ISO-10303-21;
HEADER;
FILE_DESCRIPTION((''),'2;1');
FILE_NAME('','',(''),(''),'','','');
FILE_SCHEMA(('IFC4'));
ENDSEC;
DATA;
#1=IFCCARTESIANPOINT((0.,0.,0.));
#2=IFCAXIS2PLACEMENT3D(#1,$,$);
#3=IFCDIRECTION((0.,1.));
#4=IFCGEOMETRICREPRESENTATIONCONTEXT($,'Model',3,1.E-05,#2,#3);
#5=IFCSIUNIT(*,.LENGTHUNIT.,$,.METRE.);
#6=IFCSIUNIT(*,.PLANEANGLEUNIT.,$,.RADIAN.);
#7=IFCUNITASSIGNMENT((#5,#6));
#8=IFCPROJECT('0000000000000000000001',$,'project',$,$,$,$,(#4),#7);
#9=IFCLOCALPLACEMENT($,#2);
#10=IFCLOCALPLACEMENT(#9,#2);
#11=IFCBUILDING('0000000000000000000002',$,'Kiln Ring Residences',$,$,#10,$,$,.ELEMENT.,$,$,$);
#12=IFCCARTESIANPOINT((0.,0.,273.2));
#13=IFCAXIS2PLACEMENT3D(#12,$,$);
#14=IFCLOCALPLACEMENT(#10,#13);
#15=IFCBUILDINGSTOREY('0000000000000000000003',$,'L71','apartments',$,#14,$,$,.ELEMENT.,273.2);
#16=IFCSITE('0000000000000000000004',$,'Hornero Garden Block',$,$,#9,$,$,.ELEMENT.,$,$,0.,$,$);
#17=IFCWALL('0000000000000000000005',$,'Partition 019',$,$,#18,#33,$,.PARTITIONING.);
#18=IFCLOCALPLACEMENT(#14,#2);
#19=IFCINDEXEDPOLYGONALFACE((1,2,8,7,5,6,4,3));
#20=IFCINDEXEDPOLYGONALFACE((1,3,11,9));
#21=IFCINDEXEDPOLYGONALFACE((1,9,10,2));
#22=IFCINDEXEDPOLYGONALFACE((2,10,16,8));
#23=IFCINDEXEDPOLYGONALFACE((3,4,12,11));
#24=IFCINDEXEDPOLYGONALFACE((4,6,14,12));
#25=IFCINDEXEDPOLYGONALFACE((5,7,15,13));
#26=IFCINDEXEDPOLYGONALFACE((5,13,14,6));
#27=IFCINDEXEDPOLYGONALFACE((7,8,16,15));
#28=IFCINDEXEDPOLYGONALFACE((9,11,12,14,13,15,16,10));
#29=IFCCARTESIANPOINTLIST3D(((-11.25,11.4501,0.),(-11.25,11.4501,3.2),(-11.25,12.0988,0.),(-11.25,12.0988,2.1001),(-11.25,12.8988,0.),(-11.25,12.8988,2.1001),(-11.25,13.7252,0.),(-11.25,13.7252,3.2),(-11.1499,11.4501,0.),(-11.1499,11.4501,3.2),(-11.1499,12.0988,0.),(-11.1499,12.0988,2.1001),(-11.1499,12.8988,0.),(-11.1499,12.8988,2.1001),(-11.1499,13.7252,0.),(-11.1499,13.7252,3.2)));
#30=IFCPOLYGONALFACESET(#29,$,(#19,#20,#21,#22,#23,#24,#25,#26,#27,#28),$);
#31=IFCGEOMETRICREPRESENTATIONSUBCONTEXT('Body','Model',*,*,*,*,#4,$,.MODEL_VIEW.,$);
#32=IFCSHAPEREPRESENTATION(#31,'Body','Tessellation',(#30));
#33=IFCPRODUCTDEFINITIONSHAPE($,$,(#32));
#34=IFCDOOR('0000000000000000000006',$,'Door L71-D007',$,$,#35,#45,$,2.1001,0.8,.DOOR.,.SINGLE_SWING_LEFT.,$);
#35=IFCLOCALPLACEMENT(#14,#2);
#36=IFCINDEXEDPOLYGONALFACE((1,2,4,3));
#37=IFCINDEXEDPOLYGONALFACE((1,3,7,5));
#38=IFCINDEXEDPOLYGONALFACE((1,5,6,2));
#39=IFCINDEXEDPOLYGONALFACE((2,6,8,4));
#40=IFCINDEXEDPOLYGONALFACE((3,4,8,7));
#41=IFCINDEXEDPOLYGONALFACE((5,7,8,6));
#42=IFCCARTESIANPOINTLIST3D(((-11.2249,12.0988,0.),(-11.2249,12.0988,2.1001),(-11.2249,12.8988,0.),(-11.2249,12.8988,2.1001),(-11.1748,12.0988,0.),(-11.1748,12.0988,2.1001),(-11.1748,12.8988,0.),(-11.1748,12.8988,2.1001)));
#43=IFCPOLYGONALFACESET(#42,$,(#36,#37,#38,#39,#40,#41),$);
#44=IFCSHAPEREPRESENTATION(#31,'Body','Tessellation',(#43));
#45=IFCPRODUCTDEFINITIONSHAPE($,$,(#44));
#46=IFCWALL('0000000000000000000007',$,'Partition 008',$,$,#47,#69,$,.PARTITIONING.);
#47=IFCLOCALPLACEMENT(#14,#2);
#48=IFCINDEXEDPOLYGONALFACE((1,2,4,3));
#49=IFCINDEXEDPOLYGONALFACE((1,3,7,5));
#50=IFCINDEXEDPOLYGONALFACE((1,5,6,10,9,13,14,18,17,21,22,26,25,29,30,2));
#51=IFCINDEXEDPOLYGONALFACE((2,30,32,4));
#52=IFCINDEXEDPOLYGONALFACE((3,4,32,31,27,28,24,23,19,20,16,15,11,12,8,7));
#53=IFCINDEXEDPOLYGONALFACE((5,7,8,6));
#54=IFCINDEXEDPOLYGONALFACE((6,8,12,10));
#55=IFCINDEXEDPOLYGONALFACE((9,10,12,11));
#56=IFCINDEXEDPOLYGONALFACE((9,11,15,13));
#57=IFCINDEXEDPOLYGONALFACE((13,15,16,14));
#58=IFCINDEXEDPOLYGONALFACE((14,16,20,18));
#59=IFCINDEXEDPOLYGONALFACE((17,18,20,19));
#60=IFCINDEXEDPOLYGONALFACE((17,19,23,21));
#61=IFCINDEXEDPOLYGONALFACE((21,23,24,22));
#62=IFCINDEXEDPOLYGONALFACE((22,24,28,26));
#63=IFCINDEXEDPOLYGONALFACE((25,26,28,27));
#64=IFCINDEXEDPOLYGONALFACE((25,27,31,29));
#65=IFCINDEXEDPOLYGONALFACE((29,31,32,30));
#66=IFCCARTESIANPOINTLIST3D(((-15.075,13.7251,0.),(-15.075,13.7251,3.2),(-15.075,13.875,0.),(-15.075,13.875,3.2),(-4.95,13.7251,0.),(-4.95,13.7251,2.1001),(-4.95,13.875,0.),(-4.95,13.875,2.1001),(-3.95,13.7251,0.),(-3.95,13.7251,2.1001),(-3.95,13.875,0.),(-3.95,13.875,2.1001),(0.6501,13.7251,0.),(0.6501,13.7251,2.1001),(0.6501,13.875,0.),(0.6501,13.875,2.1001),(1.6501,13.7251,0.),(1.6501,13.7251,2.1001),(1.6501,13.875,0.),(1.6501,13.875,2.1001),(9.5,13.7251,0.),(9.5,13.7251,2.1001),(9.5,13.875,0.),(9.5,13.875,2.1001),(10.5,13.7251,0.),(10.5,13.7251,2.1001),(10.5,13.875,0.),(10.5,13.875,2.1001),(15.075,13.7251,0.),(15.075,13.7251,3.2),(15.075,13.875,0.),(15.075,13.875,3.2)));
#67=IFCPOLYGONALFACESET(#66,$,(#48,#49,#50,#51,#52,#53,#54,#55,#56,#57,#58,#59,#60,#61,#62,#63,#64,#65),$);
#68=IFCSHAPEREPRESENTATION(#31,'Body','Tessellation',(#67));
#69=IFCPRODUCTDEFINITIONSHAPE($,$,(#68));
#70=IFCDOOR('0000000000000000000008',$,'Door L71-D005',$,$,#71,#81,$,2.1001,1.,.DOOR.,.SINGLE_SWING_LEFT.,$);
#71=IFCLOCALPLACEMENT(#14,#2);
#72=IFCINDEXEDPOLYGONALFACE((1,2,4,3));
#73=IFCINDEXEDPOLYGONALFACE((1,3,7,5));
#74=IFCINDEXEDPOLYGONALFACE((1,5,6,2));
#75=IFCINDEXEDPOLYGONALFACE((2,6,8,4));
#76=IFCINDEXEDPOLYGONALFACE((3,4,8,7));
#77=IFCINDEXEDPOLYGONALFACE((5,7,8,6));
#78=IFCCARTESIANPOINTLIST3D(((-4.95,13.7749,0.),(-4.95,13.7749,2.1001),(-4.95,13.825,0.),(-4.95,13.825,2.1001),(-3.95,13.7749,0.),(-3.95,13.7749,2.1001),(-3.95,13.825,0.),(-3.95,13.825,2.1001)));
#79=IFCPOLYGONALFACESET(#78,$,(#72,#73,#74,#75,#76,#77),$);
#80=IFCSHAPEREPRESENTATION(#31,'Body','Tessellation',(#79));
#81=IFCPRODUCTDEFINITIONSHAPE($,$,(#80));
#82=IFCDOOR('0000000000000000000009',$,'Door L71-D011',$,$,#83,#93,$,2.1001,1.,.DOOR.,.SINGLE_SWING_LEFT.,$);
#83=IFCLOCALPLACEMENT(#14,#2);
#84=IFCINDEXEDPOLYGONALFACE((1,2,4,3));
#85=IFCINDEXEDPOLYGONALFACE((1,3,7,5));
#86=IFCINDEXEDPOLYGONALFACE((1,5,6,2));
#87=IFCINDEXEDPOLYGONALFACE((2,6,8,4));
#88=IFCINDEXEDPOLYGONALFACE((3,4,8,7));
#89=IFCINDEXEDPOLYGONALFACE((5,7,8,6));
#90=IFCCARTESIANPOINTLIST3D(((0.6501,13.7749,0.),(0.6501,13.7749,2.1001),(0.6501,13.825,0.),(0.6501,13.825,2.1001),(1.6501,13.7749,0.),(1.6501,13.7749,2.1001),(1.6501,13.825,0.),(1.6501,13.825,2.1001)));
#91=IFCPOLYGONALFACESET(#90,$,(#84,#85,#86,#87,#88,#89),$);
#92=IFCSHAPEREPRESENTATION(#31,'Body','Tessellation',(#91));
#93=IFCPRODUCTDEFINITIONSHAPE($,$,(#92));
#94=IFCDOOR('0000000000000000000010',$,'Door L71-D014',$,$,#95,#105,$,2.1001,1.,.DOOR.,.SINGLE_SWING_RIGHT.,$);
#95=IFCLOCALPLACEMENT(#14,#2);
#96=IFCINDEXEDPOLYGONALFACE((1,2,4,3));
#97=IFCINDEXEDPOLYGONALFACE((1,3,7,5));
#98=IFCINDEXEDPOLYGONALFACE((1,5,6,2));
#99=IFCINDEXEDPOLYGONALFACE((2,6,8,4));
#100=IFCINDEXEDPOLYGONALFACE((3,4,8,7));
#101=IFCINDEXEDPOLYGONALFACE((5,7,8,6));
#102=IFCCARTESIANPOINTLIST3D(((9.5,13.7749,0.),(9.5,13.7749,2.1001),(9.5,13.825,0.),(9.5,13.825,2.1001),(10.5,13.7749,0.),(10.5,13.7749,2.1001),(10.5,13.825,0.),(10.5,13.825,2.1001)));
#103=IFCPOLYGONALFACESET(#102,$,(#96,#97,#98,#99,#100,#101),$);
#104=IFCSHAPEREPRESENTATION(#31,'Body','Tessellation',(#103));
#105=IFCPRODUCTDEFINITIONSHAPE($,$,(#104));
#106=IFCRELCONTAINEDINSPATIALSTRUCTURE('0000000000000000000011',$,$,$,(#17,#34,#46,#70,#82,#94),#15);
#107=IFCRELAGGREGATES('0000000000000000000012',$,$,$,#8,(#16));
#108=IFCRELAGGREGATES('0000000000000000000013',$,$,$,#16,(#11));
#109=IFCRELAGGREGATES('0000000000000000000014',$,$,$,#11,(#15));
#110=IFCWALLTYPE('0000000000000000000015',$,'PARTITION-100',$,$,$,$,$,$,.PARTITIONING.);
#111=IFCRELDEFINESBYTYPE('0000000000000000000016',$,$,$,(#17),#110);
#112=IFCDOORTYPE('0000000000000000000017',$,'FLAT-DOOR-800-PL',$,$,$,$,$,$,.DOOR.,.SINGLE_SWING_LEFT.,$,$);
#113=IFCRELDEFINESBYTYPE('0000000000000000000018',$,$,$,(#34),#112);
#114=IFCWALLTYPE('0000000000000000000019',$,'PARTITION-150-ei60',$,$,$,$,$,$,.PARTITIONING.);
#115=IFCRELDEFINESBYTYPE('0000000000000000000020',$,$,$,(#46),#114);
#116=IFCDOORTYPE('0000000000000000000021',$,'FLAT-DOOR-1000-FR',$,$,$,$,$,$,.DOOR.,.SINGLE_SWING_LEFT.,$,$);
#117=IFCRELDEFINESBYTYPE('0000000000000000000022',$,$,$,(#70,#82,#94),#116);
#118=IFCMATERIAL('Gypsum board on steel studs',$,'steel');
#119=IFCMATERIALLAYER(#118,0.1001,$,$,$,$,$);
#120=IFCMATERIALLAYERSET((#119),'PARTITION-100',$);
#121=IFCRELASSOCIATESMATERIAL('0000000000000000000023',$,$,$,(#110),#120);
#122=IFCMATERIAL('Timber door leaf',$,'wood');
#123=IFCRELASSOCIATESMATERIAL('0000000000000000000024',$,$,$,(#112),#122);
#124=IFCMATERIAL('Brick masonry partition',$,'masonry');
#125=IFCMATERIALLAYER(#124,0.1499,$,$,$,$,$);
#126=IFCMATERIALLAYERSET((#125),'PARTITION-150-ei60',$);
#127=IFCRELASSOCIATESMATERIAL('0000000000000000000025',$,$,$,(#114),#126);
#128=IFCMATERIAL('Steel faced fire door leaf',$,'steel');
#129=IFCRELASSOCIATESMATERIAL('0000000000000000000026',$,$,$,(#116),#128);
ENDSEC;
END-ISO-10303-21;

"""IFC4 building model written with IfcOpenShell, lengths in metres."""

from ifc_helpers import new_model, si_unit, direction, frame, frame_2d, origin, place, context, subcontext, project, spatial, rectangle, extrude, material, layer, layer_set, type_object, element, fill, save


model = new_model("IFC4")

# Units and contexts
model_context = context("Model", 3, precision=1e-05, world=origin(), true_north=direction((0.0, 1.0)))
body_context = subcontext(model_context, "Body", "Model", "MODEL_VIEW")
ifc_project = project(units=[si_unit("LENGTHUNIT", "METRE"), si_unit("PLANEANGLEUNIT", "RADIAN")], contexts=[model_context])

# Site, building, storey
site_placement = place(None, origin())
site = spatial("IfcSite", under=ifc_project, at=site_placement, Name="Hornero Garden Block", CompositionType="ELEMENT", RefElevation=0.0)
building_placement = place(site_placement, origin())
building = spatial("IfcBuilding", under=site, at=building_placement, Name="Kiln Ring Residences", CompositionType="ELEMENT")
storey_placement = place(building_placement, frame((0.0, 0.0, 273.2)))
storey = spatial("IfcBuildingStorey", under=building, at=storey_placement, Name="L71", Description="apartments", CompositionType="ELEMENT", Elevation=273.2)

# Shared definitions
ifc_material_1 = material(Name="Gypsum board on steel studs", Category="steel")
ifc_layer_1 = layer(ifc_material_1, 0.1001)
ifc_layer_set_1 = layer_set([ifc_layer_1], Name="PARTITION-100")
wall_type_1 = type_object("IfcWallType", Name="PARTITION-100", PredefinedType="PARTITIONING", material=ifc_layer_set_1)
ifc_material_2 = material(Name="Timber door leaf", Category="wood")
door_type_1 = type_object("IfcDoorType", Name="FLAT-DOOR-800-PL", OperationType="SINGLE_SWING_LEFT", PredefinedType="DOOR", material=ifc_material_2)

# Wall, opening, door
wall_1_placement = place(storey_placement, frame((-11.2, 11.45, 0.0), z_axis=(0.0, 0.0, 1.0), x_axis=(0.0, 1.0, 0.0)))
wall_1 = element("IfcWall", 1, at=wall_1_placement, inside=storey, type_object=wall_type_1, Name="Partition 019", PredefinedType="PARTITIONING", context=body_context, shape_type="SweptSolid", body=[
    extrude(rectangle(XDim=2.2751, YDim=0.1001, at=frame_2d((1.1377, 0.0))), origin(), (0.0, 0.0, 1.0), 3.2),
])
opening_1_placement = place(wall_1_placement, frame((0.6489, 0.0, 0.0)))
opening_1 = element("IfcOpeningElement", 2, at=opening_1_placement, cuts=wall_1, PredefinedType="OPENING", context=body_context, shape_type="SweptSolid", body=[
    extrude(rectangle(XDim=0.8, YDim=2.1001, at=frame_2d((0.3999, 1.05))), frame((0.0, 0.0601, 0.0), z_axis=(0.0, -1.0, 0.0), x_axis=(1.0, 0.0, 0.0)), (0.0, 0.0, 1.0), 0.1201),
])
door_1_placement = place(opening_1_placement, origin())
door_1 = element("IfcDoor", 3, at=door_1_placement, inside=storey, type_object=door_type_1, Name="Door L71-D007", OperationType="SINGLE_SWING_LEFT", OverallHeight=2.1001, OverallWidth=0.8, PredefinedType="DOOR", context=body_context, shape_type="SweptSolid", body=[
    extrude(rectangle(XDim=0.8, YDim=2.1001, at=frame_2d((0.3999, 1.05))), frame((0.0, 0.0249, 0.0), z_axis=(0.0, -1.0, 0.0), x_axis=(1.0, 0.0, 0.0)), (0.0, 0.0, 1.0), 0.05),
])
fill(opening_1, door_1)

# Wall, openings, doors
ifc_material_3 = material(Name="Brick masonry partition", Category="masonry")
ifc_layer_2 = layer(ifc_material_3, 0.1499)
ifc_layer_set_2 = layer_set([ifc_layer_2], Name="PARTITION-150-ei60")
wall_type_2 = type_object("IfcWallType", Name="PARTITION-150-ei60", PredefinedType="PARTITIONING", material=ifc_layer_set_2)
wall_2_placement = place(storey_placement, frame((-15.075, 13.8, 0.0), z_axis=(0.0, 0.0, 1.0), x_axis=(1.0, 0.0, 0.0)))
wall_2 = element("IfcWall", 4, at=wall_2_placement, inside=storey, type_object=wall_type_2, Name="Partition 008", PredefinedType="PARTITIONING", context=body_context, shape_type="SweptSolid", body=[
    extrude(rectangle(XDim=30.1499, YDim=0.1499, at=frame_2d((15.075, 0.0))), origin(), (0.0, 0.0, 1.0), 3.2),
])
opening_2_placement = place(wall_2_placement, frame((10.125, 0.0, 0.0)))
opening_2 = element("IfcOpeningElement", 5, at=opening_2_placement, cuts=wall_2, PredefinedType="OPENING", context=body_context, shape_type="SweptSolid", body=[
    extrude(rectangle(XDim=1.0, YDim=2.1001, at=frame_2d((0.5, 1.05))), frame((0.0, 0.085, 0.0), z_axis=(0.0, -1.0, 0.0), x_axis=(1.0, 0.0, 0.0)), (0.0, 0.0, 1.0), 0.1699),
])
opening_3_placement = place(wall_2_placement, frame((15.7251, 0.0, 0.0)))
opening_3 = element("IfcOpeningElement", 6, at=opening_3_placement, cuts=wall_2, PredefinedType="OPENING", context=body_context, shape_type="SweptSolid", body=[
    extrude(rectangle(XDim=1.0, YDim=2.1001, at=frame_2d((0.5, 1.05))), frame((0.0, 0.085, 0.0), z_axis=(0.0, -1.0, 0.0), x_axis=(1.0, 0.0, 0.0)), (0.0, 0.0, 1.0), 0.1699),
])
opening_4_placement = place(wall_2_placement, frame((24.575, 0.0, 0.0)))
opening_4 = element("IfcOpeningElement", 7, at=opening_4_placement, cuts=wall_2, PredefinedType="OPENING", context=body_context, shape_type="SweptSolid", body=[
    extrude(rectangle(XDim=1.0, YDim=2.1001, at=frame_2d((0.5, 1.05))), frame((0.0, 0.085, 0.0), z_axis=(0.0, -1.0, 0.0), x_axis=(1.0, 0.0, 0.0)), (0.0, 0.0, 1.0), 0.1699),
])
ifc_material_4 = material(Name="Steel faced fire door leaf", Category="steel")
door_type_2 = type_object("IfcDoorType", Name="FLAT-DOOR-1000-FR", OperationType="SINGLE_SWING_LEFT", PredefinedType="DOOR", material=ifc_material_4)
door_2_placement = place(opening_2_placement, origin())
door_2 = element("IfcDoor", 8, at=door_2_placement, inside=storey, type_object=door_type_2, Name="Door L71-D005", OperationType="SINGLE_SWING_LEFT", OverallHeight=2.1001, OverallWidth=1.0, PredefinedType="DOOR", context=body_context, shape_type="SweptSolid", body=[
    extrude(rectangle(XDim=1.0, YDim=2.1001, at=frame_2d((0.5, 1.05))), frame((0.0, 0.0249, 0.0), z_axis=(0.0, -1.0, 0.0), x_axis=(1.0, 0.0, 0.0)), (0.0, 0.0, 1.0), 0.05),
])
fill(opening_2, door_2)
door_3_placement = place(opening_3_placement, origin())
door_3 = element("IfcDoor", 9, at=door_3_placement, inside=storey, type_object=door_type_2, Name="Door L71-D011", OperationType="SINGLE_SWING_LEFT", OverallHeight=2.1001, OverallWidth=1.0, PredefinedType="DOOR", context=body_context, shape_type="SweptSolid", body=[
    extrude(rectangle(XDim=1.0, YDim=2.1001, at=frame_2d((0.5, 1.05))), frame((0.0, 0.0249, 0.0), z_axis=(0.0, -1.0, 0.0), x_axis=(1.0, 0.0, 0.0)), (0.0, 0.0, 1.0), 0.05),
])
fill(opening_3, door_3)
door_4_placement = place(opening_4_placement, origin())
door_4 = element("IfcDoor", 10, at=door_4_placement, inside=storey, type_object=door_type_2, Name="Door L71-D014", OperationType="SINGLE_SWING_RIGHT", OverallHeight=2.1001, OverallWidth=1.0, PredefinedType="DOOR", context=body_context, shape_type="SweptSolid", body=[
    extrude(rectangle(XDim=1.0, YDim=2.1001, at=frame_2d((0.5, 1.05))), frame((0.0, 0.0249, 0.0), z_axis=(0.0, -1.0, 0.0), x_axis=(1.0, 0.0, 0.0)), (0.0, 0.0, 1.0), 0.05),
])
fill(opening_4, door_4)

save(model, "model.ifc")
